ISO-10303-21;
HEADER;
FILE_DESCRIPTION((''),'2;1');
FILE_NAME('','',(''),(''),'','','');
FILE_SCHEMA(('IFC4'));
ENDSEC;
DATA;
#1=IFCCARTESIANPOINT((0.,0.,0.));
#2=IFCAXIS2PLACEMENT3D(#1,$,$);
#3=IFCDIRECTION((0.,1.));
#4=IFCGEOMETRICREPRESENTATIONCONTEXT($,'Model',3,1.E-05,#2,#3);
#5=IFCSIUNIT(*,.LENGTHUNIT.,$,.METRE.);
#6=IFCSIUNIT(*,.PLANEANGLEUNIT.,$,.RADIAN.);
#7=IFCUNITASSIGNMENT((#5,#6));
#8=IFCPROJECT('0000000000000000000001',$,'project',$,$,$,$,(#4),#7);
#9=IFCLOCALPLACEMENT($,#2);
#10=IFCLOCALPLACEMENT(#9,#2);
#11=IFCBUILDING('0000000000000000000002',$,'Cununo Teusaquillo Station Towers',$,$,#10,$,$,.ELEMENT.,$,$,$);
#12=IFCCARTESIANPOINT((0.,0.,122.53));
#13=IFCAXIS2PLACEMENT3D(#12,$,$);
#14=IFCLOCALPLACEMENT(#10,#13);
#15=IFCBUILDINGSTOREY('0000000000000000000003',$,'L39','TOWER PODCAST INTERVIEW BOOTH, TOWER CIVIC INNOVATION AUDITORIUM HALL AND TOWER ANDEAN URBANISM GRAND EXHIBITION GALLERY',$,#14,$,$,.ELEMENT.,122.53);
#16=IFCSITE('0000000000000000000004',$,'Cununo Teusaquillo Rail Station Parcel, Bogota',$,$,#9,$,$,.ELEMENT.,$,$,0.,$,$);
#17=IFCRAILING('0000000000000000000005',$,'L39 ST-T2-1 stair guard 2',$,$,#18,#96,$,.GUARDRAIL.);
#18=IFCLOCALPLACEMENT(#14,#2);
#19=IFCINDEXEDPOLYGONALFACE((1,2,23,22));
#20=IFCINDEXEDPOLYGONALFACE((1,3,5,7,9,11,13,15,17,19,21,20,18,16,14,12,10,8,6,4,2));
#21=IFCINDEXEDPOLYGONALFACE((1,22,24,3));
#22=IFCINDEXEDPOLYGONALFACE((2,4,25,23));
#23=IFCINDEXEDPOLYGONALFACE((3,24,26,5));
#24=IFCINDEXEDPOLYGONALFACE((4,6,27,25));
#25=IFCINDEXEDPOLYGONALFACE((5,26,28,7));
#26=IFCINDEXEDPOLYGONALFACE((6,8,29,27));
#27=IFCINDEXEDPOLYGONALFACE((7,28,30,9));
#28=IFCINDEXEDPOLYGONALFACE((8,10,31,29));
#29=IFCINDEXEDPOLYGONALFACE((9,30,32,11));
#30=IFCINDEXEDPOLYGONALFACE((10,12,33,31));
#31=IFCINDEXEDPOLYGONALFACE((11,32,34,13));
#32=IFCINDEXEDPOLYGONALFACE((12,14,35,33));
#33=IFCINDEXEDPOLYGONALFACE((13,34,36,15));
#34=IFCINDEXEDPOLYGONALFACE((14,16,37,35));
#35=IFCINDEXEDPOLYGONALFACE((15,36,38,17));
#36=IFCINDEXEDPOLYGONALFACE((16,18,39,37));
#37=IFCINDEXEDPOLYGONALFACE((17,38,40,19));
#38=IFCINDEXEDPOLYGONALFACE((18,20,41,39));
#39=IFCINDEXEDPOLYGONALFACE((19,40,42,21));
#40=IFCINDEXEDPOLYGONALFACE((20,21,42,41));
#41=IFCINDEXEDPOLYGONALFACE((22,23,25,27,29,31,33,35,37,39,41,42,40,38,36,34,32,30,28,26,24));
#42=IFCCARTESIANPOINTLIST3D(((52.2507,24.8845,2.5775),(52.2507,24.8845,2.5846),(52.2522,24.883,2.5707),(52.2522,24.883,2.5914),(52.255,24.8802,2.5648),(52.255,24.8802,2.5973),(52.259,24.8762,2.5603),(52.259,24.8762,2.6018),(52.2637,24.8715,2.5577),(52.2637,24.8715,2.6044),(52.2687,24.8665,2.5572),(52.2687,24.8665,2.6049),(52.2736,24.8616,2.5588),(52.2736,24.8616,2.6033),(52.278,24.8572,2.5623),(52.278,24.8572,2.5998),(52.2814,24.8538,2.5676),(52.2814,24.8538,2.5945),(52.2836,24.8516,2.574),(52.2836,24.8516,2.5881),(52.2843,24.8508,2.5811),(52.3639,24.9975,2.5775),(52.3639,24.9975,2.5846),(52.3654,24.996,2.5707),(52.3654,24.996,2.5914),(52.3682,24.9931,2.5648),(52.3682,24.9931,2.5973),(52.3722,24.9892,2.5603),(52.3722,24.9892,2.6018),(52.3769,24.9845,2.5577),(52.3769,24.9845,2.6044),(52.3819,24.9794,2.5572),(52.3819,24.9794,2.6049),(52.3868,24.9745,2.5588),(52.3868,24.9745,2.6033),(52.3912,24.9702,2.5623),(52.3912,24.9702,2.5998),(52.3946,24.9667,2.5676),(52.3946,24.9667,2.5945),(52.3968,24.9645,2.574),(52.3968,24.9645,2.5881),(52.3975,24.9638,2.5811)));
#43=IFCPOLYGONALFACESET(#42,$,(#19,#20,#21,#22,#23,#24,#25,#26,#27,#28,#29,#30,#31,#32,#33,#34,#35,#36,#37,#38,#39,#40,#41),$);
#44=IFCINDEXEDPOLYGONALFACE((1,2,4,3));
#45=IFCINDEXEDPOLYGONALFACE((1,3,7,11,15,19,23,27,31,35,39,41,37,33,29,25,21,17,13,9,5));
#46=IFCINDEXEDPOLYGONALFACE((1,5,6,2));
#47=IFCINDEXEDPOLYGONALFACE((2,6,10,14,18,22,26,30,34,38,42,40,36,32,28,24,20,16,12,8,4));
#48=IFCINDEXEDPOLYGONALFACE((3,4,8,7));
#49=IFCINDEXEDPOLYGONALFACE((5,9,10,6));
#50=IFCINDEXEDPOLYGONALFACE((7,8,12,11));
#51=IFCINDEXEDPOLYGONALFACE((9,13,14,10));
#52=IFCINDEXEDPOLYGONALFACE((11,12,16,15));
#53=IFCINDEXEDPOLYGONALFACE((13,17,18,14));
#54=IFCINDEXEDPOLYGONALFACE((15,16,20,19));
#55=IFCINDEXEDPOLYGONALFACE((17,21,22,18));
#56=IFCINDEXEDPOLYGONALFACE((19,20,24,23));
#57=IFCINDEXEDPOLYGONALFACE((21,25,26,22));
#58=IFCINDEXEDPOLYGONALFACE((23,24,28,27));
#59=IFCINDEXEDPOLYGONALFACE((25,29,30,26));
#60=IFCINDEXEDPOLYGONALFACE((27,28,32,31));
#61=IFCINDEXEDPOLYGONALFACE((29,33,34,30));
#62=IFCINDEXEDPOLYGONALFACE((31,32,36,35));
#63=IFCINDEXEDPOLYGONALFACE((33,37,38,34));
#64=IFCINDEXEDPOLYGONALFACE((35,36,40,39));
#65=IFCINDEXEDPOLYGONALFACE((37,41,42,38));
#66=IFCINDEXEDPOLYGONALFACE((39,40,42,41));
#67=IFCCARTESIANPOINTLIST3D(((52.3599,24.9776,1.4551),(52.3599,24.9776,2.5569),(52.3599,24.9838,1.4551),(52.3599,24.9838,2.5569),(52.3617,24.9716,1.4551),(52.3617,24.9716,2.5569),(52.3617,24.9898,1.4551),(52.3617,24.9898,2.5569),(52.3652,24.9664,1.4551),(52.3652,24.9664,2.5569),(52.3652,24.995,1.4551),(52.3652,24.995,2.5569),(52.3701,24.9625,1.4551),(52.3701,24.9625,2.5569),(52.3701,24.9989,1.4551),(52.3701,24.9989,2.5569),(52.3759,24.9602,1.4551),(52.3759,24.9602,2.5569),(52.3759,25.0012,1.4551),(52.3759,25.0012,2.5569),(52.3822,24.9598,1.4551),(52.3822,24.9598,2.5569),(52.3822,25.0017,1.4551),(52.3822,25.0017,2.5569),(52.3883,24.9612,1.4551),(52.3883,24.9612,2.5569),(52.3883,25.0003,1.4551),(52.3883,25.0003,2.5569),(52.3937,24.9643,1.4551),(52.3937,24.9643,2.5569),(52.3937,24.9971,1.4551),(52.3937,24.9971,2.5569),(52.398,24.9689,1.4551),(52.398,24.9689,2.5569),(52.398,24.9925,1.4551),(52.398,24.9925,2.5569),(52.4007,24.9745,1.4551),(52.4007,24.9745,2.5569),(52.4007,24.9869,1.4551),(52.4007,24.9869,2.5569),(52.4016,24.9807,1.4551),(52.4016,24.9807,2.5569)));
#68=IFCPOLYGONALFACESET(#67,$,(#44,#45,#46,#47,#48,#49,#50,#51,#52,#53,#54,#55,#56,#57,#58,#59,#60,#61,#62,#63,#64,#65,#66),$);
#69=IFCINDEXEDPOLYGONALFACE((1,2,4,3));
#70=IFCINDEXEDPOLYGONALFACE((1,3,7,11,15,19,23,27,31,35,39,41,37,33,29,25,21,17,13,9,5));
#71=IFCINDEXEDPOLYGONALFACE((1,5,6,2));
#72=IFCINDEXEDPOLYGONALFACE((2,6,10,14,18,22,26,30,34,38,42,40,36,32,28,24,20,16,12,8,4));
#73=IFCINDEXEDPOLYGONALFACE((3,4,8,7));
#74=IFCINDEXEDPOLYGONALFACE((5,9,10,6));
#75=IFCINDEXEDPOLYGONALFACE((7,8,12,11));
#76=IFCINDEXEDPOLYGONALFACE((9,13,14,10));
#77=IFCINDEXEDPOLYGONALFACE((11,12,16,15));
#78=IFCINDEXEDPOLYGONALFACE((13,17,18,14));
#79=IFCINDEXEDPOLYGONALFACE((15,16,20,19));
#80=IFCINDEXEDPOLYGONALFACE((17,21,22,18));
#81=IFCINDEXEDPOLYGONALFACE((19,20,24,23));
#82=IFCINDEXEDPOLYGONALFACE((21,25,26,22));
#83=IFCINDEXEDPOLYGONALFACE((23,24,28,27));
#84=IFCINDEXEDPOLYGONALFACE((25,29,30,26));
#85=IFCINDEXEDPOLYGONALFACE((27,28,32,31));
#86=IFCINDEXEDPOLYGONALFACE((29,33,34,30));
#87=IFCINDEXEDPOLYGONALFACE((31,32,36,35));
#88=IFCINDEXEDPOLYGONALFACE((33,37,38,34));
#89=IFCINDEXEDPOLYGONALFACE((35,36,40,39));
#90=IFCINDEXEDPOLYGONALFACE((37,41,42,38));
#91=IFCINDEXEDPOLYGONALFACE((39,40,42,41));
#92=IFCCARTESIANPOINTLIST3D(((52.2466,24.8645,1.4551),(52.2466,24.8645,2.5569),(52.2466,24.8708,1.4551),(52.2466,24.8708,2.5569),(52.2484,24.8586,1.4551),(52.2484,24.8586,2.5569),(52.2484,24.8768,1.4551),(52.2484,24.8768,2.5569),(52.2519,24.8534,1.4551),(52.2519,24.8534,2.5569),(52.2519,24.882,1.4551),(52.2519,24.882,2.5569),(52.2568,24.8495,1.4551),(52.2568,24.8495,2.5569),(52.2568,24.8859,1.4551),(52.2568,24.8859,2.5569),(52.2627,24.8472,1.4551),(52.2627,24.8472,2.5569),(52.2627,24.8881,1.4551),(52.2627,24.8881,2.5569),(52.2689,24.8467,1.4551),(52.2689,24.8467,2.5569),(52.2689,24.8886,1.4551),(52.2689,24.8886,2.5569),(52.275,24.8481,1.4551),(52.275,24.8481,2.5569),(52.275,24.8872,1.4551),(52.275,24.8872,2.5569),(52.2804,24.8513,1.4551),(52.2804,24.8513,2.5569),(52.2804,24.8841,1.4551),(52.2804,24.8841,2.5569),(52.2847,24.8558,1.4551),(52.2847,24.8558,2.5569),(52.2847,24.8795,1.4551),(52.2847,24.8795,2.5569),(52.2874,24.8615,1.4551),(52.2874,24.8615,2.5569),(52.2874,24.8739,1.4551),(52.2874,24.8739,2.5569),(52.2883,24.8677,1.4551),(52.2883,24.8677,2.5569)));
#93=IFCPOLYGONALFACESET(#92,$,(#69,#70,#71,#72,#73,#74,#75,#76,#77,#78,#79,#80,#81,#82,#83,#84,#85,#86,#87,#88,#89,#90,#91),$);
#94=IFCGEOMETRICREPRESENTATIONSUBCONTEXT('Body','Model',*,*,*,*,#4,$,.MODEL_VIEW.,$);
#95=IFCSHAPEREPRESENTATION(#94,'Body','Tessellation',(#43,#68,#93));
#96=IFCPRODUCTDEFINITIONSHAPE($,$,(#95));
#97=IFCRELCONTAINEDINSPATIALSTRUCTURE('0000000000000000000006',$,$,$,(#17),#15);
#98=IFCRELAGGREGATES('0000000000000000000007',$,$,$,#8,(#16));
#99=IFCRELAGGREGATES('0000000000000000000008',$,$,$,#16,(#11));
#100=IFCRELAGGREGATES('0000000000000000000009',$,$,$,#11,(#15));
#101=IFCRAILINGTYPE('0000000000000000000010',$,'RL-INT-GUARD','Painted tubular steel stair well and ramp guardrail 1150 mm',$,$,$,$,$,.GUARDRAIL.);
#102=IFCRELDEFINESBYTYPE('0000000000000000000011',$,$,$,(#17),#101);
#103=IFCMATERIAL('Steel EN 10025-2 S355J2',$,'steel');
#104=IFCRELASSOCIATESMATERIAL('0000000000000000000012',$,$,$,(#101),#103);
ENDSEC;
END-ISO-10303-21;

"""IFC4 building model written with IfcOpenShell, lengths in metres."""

from ifc_helpers import new_model, si_unit, direction, frame, origin, origin_2d, place, context, subcontext, project, spatial, circle, extrude, material, type_object, element, save


model = new_model("IFC4")

# Units and contexts
model_context = context("Model", 3, precision=1e-05, world=origin(), true_north=direction((0.0, 1.0)))
body_context = subcontext(model_context, "Body", "Model", "MODEL_VIEW")
ifc_project = project(units=[si_unit("LENGTHUNIT", "METRE"), si_unit("PLANEANGLEUNIT", "RADIAN")], contexts=[model_context])

# Site, building, storey
site_placement = place(None, origin())
site = spatial("IfcSite", under=ifc_project, at=site_placement, Name="Cununo Teusaquillo Rail Station Parcel, Bogota", CompositionType="ELEMENT", RefElevation=0.0)
building_placement = place(site_placement, origin())
building = spatial("IfcBuilding", under=site, at=building_placement, Name="Cununo Teusaquillo Station Towers", CompositionType="ELEMENT")
storey_placement = place(building_placement, frame((0.0, 0.0, 122.53)))
storey = spatial("IfcBuildingStorey", under=building, at=storey_placement, Name="L39", Description="TOWER PODCAST INTERVIEW BOOTH, TOWER CIVIC INNOVATION AUDITORIUM HALL AND TOWER ANDEAN URBANISM GRAND EXHIBITION GALLERY", CompositionType="ELEMENT", Elevation=122.53)

# Railing
ifc_material_1 = material(Name="Steel EN 10025-2 S355J2", Category="steel")
railing_type_1 = type_object("IfcRailingType", Name="RL-INT-GUARD", Description="Painted tubular steel stair well and ramp guardrail 1150 mm", PredefinedType="GUARDRAIL", material=ifc_material_1)
railing_1_placement = place(storey_placement, frame((52.3806, 24.9807, 1.4551)))
element("IfcRailing", 1, at=railing_1_placement, inside=storey, type_object=railing_type_1, Name="L39 ST-T2-1 stair guard 2", PredefinedType="GUARDRAIL", context=body_context, shape_type="SweptSolid", body=[
    extrude(circle(Radius=0.0239, at=origin_2d()), frame((0.0, 0.0, 1.126), z_axis=(-0.707869, -0.706344, 0.0), x_axis=(0.706344, -0.707869, 0.0)), (0.0, 0.0, 1.0), 0.1599),
    extrude(circle(Radius=0.021, at=origin_2d()), origin(), (0.0, 0.0, 1.0), 1.1018),
    extrude(circle(Radius=0.021, at=origin_2d()), frame((-0.1133, -0.113, 0.0)), (0.0, 0.0, 1.0), 1.1018),
])

save(model, "model.ifc")
